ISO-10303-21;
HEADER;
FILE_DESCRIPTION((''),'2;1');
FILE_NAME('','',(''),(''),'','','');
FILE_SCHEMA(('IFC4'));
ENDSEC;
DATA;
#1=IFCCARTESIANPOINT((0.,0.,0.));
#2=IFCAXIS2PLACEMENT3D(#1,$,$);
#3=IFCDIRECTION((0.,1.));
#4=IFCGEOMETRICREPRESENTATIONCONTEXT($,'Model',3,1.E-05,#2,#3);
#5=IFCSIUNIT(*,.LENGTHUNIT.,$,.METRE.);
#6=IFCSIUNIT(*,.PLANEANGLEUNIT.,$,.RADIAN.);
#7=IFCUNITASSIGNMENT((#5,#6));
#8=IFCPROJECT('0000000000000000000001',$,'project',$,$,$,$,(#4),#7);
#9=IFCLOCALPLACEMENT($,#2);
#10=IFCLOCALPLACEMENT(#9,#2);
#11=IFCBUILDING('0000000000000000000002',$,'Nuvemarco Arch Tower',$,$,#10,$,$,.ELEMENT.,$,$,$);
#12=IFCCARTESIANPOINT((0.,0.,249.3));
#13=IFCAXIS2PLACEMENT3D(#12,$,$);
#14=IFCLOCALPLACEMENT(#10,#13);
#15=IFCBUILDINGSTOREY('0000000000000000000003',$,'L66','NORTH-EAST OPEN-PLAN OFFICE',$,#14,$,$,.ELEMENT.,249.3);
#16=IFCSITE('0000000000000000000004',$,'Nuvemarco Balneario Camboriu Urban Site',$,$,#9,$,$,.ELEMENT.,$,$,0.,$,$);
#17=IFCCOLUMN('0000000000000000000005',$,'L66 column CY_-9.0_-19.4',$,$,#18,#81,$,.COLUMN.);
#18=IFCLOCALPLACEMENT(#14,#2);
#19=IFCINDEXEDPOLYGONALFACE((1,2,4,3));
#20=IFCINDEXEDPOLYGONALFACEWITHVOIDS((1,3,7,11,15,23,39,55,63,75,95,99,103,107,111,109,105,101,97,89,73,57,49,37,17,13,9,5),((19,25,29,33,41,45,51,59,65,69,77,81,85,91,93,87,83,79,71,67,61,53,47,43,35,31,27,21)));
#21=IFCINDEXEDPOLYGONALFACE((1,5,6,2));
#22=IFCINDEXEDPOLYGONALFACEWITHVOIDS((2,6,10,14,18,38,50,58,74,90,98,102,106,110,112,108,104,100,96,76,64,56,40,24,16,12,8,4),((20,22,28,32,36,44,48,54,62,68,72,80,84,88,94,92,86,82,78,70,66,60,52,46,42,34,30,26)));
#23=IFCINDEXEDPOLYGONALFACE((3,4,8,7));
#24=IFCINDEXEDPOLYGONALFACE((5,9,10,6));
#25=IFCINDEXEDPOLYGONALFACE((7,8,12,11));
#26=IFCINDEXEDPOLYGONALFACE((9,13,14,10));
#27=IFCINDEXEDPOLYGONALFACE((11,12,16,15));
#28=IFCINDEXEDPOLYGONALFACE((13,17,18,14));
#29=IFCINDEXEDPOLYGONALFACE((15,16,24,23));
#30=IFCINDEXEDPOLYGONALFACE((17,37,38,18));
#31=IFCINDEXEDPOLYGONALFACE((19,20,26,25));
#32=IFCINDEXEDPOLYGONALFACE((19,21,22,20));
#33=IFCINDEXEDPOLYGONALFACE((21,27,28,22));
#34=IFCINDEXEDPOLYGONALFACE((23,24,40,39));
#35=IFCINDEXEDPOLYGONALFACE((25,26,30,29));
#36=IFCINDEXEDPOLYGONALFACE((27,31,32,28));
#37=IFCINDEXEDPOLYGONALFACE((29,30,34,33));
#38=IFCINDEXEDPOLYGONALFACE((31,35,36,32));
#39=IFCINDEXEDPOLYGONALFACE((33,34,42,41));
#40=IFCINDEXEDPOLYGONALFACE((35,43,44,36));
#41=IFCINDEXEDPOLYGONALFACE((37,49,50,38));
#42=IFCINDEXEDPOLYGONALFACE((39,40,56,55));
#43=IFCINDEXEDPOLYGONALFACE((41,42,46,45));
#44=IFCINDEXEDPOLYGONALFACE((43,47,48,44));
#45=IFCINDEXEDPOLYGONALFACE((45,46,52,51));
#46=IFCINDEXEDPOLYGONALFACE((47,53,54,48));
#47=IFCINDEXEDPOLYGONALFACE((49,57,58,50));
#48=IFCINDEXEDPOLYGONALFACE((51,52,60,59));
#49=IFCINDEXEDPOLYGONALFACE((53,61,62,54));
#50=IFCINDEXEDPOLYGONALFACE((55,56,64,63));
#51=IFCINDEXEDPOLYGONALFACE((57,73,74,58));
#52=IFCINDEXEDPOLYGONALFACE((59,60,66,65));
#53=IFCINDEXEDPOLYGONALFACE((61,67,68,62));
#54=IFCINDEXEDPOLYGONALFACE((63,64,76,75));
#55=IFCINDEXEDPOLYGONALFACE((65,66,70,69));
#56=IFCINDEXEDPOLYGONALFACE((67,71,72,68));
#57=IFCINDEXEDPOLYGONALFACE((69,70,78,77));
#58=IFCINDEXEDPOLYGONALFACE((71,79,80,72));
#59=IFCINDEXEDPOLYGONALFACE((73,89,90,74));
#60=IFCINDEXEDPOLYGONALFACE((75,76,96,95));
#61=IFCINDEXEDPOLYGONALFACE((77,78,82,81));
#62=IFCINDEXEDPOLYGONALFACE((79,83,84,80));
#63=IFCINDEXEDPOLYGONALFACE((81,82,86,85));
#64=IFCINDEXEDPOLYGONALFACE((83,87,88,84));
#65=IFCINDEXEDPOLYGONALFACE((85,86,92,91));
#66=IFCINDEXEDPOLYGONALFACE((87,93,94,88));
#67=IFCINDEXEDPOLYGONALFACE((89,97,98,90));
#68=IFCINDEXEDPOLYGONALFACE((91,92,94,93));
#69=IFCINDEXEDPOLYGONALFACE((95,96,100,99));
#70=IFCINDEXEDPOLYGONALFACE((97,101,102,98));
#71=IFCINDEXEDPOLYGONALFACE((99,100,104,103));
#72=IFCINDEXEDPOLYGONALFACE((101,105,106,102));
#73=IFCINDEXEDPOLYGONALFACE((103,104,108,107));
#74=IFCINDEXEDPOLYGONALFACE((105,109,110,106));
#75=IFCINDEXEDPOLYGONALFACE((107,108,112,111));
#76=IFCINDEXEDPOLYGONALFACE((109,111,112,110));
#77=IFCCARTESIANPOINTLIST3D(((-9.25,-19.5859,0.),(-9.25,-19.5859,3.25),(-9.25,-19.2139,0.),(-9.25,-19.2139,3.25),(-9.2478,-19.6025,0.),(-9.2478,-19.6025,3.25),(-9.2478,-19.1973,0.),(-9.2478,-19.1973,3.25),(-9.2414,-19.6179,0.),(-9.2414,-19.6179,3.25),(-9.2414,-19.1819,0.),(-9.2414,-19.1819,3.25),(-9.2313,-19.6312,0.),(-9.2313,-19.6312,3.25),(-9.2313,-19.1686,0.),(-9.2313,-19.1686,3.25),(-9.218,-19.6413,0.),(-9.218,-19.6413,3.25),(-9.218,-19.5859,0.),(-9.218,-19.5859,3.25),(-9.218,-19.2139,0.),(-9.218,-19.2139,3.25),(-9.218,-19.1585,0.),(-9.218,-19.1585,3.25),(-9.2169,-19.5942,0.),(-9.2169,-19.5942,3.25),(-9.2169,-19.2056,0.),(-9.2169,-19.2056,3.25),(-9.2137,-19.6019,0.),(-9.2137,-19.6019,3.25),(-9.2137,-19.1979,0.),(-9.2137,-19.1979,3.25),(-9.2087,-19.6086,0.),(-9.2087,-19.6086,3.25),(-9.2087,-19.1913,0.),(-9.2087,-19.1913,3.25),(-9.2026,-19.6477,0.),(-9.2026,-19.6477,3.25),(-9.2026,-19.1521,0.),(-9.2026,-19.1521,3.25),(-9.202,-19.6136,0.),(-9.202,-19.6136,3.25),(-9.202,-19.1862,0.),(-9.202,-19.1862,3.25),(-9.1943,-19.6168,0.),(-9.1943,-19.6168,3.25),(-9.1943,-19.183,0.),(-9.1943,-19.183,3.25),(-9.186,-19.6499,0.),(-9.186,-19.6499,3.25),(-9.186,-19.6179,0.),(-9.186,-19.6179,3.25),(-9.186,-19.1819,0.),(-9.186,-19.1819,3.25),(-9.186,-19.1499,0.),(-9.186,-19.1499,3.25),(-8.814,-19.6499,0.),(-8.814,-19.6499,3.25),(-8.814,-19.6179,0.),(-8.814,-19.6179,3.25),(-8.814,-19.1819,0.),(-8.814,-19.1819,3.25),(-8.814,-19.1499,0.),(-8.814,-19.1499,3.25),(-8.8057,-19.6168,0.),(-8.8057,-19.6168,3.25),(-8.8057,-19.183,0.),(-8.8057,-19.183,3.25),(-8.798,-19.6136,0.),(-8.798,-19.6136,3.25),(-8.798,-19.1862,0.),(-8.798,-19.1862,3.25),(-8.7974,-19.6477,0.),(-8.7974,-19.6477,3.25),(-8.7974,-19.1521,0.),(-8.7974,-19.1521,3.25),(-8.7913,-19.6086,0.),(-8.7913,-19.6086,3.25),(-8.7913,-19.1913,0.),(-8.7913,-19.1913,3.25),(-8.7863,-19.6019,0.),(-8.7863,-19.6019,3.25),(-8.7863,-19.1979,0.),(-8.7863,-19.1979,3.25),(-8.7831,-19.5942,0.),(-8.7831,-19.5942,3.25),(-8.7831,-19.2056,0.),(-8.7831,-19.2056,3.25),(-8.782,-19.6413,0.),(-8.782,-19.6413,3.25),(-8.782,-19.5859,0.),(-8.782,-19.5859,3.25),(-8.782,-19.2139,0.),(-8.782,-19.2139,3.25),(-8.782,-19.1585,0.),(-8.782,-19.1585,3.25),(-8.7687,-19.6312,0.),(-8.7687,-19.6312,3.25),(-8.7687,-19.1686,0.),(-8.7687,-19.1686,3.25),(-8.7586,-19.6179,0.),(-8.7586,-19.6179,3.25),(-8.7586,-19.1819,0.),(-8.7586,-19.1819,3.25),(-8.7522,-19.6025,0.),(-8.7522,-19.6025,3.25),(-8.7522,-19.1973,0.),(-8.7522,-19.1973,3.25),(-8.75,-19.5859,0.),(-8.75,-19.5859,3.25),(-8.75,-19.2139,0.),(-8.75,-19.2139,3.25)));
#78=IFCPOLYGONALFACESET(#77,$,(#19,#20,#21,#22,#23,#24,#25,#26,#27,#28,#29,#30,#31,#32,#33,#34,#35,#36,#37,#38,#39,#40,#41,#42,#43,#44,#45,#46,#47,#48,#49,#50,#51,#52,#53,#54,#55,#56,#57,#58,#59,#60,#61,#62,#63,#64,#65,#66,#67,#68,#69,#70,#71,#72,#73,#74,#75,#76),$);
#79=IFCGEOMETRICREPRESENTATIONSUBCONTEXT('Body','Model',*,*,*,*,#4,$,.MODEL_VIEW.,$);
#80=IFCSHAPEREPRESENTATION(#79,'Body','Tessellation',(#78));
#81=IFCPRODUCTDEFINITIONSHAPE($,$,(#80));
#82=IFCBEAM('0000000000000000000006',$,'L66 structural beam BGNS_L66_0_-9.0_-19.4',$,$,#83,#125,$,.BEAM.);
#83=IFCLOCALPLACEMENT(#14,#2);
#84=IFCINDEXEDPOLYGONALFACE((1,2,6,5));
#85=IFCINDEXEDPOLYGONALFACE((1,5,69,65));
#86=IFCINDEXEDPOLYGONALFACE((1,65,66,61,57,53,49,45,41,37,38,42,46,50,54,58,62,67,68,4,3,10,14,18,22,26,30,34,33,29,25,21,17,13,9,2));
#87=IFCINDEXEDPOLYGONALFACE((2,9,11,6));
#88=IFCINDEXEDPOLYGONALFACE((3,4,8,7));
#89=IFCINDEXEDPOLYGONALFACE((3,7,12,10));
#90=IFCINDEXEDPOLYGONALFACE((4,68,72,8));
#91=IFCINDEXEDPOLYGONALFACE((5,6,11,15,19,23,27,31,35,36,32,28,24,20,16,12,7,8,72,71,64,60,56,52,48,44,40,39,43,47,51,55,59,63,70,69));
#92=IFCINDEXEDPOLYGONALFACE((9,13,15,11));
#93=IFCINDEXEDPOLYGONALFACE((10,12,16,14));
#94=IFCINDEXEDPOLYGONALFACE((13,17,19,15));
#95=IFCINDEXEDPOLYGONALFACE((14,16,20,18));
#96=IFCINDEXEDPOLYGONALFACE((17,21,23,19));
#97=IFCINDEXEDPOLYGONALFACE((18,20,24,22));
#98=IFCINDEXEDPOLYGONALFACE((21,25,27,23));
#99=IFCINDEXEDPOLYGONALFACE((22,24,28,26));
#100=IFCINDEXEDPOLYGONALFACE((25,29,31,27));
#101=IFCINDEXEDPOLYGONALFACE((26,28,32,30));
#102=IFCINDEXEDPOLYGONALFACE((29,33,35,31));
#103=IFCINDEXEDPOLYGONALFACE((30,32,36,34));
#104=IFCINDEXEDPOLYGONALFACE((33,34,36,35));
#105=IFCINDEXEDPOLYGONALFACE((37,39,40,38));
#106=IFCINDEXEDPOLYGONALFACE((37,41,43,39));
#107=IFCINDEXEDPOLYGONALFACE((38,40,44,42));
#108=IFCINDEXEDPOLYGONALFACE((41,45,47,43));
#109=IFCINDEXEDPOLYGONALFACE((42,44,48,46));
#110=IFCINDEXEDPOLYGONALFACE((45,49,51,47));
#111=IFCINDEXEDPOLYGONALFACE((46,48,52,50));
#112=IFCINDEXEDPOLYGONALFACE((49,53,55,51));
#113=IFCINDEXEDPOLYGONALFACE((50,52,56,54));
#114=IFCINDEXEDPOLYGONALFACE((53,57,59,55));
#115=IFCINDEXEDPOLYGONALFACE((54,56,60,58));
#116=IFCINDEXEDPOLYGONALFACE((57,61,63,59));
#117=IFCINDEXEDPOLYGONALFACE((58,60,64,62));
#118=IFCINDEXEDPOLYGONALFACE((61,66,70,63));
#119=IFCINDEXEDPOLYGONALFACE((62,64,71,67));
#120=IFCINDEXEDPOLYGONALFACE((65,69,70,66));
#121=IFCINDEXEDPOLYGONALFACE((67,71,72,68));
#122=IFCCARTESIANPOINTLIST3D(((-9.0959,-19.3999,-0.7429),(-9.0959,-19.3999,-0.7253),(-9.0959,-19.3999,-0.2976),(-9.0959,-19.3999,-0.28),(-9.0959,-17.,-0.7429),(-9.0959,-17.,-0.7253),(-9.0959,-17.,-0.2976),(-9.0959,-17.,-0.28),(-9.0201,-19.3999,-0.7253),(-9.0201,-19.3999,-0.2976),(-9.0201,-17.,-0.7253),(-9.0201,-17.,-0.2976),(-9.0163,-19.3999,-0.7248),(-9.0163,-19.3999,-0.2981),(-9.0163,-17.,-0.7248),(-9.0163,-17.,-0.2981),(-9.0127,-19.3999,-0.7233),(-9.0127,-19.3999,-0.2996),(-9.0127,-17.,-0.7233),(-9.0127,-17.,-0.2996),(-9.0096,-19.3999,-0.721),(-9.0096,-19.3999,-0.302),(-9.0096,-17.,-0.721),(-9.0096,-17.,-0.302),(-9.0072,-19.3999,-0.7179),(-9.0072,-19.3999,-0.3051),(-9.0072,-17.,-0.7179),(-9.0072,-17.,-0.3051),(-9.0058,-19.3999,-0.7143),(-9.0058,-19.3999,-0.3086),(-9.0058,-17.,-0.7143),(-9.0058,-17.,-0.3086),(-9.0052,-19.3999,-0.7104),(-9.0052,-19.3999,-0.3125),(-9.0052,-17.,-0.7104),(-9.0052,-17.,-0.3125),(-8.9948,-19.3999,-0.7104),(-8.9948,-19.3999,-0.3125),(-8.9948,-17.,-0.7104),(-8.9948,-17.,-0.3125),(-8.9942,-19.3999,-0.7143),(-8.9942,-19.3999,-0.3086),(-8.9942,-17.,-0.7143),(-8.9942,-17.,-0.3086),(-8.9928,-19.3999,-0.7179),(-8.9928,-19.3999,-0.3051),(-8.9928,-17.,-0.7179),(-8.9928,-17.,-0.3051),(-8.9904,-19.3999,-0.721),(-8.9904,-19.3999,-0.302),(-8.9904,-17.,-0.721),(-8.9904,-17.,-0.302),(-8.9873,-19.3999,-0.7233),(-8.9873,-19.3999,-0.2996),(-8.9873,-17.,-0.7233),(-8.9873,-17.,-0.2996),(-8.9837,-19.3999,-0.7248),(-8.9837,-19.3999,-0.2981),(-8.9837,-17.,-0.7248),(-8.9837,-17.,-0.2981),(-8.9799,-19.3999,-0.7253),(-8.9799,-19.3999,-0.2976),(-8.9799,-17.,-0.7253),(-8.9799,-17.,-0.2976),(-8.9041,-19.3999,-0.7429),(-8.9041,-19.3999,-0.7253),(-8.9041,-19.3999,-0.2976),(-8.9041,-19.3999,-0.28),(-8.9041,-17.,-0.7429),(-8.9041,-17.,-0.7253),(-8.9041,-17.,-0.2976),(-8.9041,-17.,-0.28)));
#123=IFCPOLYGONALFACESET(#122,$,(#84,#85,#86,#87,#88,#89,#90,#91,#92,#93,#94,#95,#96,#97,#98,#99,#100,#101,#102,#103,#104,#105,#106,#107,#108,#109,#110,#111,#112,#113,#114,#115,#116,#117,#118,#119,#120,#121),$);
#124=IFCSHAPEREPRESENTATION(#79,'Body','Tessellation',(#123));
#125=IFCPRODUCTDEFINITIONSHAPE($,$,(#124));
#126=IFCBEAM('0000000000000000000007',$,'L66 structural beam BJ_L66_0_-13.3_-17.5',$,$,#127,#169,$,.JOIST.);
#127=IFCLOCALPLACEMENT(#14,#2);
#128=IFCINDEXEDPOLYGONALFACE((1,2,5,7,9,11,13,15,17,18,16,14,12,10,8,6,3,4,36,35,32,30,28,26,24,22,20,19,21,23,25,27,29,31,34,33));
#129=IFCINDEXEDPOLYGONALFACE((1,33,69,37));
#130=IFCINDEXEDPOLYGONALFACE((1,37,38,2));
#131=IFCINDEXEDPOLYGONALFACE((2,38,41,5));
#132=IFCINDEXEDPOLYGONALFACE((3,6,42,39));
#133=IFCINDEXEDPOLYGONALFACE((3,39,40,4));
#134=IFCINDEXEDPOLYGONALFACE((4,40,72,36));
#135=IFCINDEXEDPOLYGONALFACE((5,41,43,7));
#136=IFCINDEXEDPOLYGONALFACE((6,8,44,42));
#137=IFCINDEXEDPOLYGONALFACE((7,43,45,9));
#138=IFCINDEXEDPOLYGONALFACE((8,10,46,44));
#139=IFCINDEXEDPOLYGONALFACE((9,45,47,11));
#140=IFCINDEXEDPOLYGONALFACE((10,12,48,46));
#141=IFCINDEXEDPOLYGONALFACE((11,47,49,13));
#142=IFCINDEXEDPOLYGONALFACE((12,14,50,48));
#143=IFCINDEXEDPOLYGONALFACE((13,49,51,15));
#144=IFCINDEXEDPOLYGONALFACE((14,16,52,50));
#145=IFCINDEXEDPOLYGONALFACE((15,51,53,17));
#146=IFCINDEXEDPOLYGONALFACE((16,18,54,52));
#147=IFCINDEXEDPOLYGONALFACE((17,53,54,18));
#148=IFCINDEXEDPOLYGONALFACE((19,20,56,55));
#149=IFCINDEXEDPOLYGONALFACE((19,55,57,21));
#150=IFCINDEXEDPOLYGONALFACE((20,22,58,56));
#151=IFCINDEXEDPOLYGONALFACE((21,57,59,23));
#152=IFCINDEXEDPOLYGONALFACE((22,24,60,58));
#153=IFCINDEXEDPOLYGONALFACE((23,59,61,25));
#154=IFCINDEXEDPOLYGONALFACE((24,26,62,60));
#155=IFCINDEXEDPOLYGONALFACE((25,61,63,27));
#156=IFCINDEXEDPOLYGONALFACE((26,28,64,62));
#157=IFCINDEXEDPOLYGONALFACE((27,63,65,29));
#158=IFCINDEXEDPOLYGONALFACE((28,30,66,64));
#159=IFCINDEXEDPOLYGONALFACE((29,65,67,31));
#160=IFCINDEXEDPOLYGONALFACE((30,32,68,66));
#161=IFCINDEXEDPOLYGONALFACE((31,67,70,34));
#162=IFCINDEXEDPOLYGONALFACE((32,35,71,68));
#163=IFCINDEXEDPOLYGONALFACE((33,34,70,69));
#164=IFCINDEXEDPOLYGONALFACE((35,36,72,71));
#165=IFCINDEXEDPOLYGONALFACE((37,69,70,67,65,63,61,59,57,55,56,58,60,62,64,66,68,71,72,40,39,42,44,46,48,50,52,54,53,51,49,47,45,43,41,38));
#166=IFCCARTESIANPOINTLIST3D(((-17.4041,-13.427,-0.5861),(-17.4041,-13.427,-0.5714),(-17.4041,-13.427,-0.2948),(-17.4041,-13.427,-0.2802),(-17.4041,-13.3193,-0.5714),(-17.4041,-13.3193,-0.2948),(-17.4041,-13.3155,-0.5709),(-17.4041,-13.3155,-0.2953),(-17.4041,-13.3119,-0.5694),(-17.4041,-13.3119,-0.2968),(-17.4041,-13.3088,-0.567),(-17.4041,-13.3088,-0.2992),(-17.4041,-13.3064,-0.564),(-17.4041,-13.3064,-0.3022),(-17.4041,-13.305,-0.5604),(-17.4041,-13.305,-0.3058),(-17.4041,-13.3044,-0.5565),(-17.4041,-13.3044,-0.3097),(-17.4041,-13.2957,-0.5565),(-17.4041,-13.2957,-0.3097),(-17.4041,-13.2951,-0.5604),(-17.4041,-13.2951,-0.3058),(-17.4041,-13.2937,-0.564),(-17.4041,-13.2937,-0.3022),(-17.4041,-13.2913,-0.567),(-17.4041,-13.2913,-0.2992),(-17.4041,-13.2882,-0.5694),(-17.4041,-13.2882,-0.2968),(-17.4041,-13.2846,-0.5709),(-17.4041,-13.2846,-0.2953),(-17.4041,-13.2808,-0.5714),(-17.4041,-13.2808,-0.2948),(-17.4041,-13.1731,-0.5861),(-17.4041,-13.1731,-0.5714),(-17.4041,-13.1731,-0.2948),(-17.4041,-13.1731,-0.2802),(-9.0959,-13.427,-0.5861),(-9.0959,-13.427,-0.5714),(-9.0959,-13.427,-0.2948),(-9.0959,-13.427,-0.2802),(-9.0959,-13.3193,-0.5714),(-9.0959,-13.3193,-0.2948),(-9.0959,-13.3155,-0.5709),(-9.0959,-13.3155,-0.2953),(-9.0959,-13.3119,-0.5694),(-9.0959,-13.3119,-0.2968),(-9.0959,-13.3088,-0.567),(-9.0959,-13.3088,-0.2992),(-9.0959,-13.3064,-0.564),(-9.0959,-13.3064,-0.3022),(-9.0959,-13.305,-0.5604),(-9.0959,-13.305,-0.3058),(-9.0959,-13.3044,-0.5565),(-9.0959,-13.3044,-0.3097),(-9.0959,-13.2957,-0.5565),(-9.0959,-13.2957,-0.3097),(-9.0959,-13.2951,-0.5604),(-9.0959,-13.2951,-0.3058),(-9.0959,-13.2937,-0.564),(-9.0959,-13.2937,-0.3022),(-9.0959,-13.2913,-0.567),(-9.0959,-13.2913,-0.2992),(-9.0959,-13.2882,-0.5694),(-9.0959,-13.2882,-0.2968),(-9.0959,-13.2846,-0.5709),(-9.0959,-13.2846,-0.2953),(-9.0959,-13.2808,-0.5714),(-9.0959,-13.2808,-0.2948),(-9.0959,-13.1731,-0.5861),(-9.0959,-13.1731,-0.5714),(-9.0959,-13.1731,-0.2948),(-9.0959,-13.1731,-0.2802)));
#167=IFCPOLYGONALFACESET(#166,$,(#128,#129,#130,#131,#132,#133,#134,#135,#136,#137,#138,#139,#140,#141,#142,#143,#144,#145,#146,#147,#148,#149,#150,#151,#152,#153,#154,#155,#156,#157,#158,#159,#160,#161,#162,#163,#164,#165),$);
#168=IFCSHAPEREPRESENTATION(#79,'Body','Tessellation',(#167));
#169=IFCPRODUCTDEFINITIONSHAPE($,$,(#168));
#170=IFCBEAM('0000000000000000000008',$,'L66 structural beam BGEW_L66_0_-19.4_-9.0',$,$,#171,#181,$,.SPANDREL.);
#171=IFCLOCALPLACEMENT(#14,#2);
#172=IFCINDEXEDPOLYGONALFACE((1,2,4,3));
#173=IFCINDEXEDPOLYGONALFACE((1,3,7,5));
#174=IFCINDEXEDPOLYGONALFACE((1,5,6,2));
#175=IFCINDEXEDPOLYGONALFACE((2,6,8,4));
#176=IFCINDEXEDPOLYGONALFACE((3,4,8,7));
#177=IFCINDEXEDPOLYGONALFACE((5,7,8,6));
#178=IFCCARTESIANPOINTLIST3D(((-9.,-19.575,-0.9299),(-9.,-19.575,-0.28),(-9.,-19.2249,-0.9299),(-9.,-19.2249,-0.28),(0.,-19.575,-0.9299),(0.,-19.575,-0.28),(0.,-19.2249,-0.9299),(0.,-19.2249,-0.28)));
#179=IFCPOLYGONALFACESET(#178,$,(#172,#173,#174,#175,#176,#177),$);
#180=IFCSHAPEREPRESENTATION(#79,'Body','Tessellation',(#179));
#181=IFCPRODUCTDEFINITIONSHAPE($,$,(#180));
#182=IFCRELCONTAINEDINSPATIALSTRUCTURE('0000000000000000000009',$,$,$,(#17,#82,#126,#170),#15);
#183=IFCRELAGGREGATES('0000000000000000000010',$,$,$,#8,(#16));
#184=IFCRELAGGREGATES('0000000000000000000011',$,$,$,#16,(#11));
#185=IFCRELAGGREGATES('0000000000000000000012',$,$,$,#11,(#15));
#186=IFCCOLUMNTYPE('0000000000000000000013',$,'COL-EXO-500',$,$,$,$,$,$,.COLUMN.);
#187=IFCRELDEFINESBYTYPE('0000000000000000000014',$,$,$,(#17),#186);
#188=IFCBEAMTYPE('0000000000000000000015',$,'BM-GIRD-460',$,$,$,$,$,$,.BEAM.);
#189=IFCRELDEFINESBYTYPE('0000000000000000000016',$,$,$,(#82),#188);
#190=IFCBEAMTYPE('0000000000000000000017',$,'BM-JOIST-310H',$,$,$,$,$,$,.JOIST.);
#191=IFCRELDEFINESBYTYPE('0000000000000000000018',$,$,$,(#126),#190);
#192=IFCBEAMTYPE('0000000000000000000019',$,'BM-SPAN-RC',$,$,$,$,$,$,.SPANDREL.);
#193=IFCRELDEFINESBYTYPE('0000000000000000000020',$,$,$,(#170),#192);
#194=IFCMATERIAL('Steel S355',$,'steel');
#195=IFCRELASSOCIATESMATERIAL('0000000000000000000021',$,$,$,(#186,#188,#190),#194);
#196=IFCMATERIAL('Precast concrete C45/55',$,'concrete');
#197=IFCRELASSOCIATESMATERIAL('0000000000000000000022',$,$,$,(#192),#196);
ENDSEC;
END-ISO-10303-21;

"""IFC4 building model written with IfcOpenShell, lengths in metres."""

from ifc_helpers import new_model, si_unit, direction, frame, origin, origin_2d, place, context, subcontext, project, spatial, rectangle, hollow_rectangle, i_section, extrude, material, material_profile, profile_set, type_object, element, save


model = new_model("IFC4")

# Units and contexts
model_context = context("Model", 3, precision=1e-05, world=origin(), true_north=direction((0.0, 1.0)))
body_context = subcontext(model_context, "Body", "Model", "MODEL_VIEW")
ifc_project = project(units=[si_unit("LENGTHUNIT", "METRE"), si_unit("PLANEANGLEUNIT", "RADIAN")], contexts=[model_context])

# Site, building, storey
site_placement = place(None, origin())
site = spatial("IfcSite", under=ifc_project, at=site_placement, Name="Nuvemarco Balneario Camboriu Urban Site", CompositionType="ELEMENT", RefElevation=0.0)
building_placement = place(site_placement, origin())
building = spatial("IfcBuilding", under=site, at=building_placement, Name="Nuvemarco Arch Tower", CompositionType="ELEMENT")
storey_placement = place(building_placement, frame((0.0, 0.0, 249.3)))
storey = spatial("IfcBuildingStorey", under=building, at=storey_placement, Name="L66", Description="NORTH-EAST OPEN-PLAN OFFICE", CompositionType="ELEMENT", Elevation=249.3)

# Column
ifc_material_1 = material(Name="Steel S355", Category="steel")
ifc_material_profile_1 = material_profile(ifc_material_1, hollow_rectangle(XDim=0.5, YDim=0.5, WallThickness=0.032, InnerFilletRadius=0.032, OuterFilletRadius=0.064, at=origin_2d()), Name="SHS500x500x32")
ifc_profile_set_1 = profile_set([ifc_material_profile_1], Name="Steel S355")
column_type = type_object("IfcColumnType", Name="COL-EXO-500", PredefinedType="COLUMN", material=ifc_profile_set_1)
column_placement = place(storey_placement, frame((-9.0, -19.3999, 0.0), z_axis=(0.0, 0.0, 1.0), x_axis=(1.0, 0.0, 0.0)))
element("IfcColumn", 1, at=column_placement, inside=storey, type_object=column_type, Name="L66 column CY_-9.0_-19.4", PredefinedType="COLUMN", context=body_context, shape_type="SweptSolid", body=[
    extrude(hollow_rectangle(XDim=0.5, YDim=0.5, WallThickness=0.032, InnerFilletRadius=0.032, OuterFilletRadius=0.064, at=origin_2d()), origin(), (0.0, 0.0, 1.0), 3.25),
])

# Beams
ifc_material_profile_2 = material_profile(ifc_material_1, i_section(OverallWidth=0.1919, OverallDepth=0.4629, WebThickness=0.0105, FlangeThickness=0.0176, FilletRadius=0.0149, at=origin_2d()), Name="W460x89")
ifc_profile_set_2 = profile_set([ifc_material_profile_2], Name="Steel S355")
beam_type_1 = type_object("IfcBeamType", Name="BM-GIRD-460", PredefinedType="BEAM", material=ifc_profile_set_2)
beam_1_placement = place(storey_placement, frame((-9.0, -19.3999, -0.5115), z_axis=(0.0, 1.0, 0.0), x_axis=(-1.0, 0.0, 0.0)))
element("IfcBeam", 2, at=beam_1_placement, inside=storey, type_object=beam_type_1, Name="L66 structural beam BGNS_L66_0_-9.0_-19.4", PredefinedType="BEAM", context=body_context, shape_type="SweptSolid", body=[
    extrude(i_section(OverallWidth=0.1919, OverallDepth=0.4629, WebThickness=0.0105, FlangeThickness=0.0176, FilletRadius=0.0149, at=origin_2d()), origin(), (0.0, 0.0, 1.0), 2.3999),
])
ifc_material_profile_3 = material_profile(ifc_material_1, i_section(OverallWidth=0.2539, OverallDepth=0.3059, WebThickness=0.0088, FlangeThickness=0.0146, FilletRadius=0.0149, at=origin_2d()), Name="W310x79")
ifc_profile_set_3 = profile_set([ifc_material_profile_3], Name="Steel S355")
beam_type_2 = type_object("IfcBeamType", Name="BM-JOIST-310H", PredefinedType="JOIST", material=ifc_profile_set_3)
beam_2_placement = place(storey_placement, frame((-17.4041, -13.3, -0.4331), z_axis=(1.0, 0.0, 0.0), x_axis=(0.0, 1.0, 0.0)))
element("IfcBeam", 3, at=beam_2_placement, inside=storey, type_object=beam_type_2, Name="L66 structural beam BJ_L66_0_-13.3_-17.5", PredefinedType="JOIST", context=body_context, shape_type="SweptSolid", body=[
    extrude(i_section(OverallWidth=0.2539, OverallDepth=0.3059, WebThickness=0.0088, FlangeThickness=0.0146, FilletRadius=0.0149, at=origin_2d()), origin(), (0.0, 0.0, 1.0), 8.3081),
])
ifc_material_2 = material(Name="Precast concrete C45/55", Category="concrete")
ifc_material_profile_4 = material_profile(ifc_material_2, rectangle(XDim=0.3501, YDim=0.6499, at=origin_2d()), Name="PC-SP-350x650")
ifc_profile_set_4 = profile_set([ifc_material_profile_4], Name="Precast concrete C45/55")
beam_type_3 = type_object("IfcBeamType", Name="BM-SPAN-RC", PredefinedType="SPANDREL", material=ifc_profile_set_4)
beam_3_placement = place(storey_placement, frame((-9.0, -19.3999, -0.605), z_axis=(1.0, 0.0, 0.0), x_axis=(0.0, 1.0, 0.0)))
element("IfcBeam", 4, at=beam_3_placement, inside=storey, type_object=beam_type_3, Name="L66 structural beam BGEW_L66_0_-19.4_-9.0", PredefinedType="SPANDREL", context=body_context, shape_type="SweptSolid", body=[
    extrude(rectangle(XDim=0.3501, YDim=0.6499, at=origin_2d()), origin(), (0.0, 0.0, 1.0), 9.0),
])

save(model, "model.ifc")
